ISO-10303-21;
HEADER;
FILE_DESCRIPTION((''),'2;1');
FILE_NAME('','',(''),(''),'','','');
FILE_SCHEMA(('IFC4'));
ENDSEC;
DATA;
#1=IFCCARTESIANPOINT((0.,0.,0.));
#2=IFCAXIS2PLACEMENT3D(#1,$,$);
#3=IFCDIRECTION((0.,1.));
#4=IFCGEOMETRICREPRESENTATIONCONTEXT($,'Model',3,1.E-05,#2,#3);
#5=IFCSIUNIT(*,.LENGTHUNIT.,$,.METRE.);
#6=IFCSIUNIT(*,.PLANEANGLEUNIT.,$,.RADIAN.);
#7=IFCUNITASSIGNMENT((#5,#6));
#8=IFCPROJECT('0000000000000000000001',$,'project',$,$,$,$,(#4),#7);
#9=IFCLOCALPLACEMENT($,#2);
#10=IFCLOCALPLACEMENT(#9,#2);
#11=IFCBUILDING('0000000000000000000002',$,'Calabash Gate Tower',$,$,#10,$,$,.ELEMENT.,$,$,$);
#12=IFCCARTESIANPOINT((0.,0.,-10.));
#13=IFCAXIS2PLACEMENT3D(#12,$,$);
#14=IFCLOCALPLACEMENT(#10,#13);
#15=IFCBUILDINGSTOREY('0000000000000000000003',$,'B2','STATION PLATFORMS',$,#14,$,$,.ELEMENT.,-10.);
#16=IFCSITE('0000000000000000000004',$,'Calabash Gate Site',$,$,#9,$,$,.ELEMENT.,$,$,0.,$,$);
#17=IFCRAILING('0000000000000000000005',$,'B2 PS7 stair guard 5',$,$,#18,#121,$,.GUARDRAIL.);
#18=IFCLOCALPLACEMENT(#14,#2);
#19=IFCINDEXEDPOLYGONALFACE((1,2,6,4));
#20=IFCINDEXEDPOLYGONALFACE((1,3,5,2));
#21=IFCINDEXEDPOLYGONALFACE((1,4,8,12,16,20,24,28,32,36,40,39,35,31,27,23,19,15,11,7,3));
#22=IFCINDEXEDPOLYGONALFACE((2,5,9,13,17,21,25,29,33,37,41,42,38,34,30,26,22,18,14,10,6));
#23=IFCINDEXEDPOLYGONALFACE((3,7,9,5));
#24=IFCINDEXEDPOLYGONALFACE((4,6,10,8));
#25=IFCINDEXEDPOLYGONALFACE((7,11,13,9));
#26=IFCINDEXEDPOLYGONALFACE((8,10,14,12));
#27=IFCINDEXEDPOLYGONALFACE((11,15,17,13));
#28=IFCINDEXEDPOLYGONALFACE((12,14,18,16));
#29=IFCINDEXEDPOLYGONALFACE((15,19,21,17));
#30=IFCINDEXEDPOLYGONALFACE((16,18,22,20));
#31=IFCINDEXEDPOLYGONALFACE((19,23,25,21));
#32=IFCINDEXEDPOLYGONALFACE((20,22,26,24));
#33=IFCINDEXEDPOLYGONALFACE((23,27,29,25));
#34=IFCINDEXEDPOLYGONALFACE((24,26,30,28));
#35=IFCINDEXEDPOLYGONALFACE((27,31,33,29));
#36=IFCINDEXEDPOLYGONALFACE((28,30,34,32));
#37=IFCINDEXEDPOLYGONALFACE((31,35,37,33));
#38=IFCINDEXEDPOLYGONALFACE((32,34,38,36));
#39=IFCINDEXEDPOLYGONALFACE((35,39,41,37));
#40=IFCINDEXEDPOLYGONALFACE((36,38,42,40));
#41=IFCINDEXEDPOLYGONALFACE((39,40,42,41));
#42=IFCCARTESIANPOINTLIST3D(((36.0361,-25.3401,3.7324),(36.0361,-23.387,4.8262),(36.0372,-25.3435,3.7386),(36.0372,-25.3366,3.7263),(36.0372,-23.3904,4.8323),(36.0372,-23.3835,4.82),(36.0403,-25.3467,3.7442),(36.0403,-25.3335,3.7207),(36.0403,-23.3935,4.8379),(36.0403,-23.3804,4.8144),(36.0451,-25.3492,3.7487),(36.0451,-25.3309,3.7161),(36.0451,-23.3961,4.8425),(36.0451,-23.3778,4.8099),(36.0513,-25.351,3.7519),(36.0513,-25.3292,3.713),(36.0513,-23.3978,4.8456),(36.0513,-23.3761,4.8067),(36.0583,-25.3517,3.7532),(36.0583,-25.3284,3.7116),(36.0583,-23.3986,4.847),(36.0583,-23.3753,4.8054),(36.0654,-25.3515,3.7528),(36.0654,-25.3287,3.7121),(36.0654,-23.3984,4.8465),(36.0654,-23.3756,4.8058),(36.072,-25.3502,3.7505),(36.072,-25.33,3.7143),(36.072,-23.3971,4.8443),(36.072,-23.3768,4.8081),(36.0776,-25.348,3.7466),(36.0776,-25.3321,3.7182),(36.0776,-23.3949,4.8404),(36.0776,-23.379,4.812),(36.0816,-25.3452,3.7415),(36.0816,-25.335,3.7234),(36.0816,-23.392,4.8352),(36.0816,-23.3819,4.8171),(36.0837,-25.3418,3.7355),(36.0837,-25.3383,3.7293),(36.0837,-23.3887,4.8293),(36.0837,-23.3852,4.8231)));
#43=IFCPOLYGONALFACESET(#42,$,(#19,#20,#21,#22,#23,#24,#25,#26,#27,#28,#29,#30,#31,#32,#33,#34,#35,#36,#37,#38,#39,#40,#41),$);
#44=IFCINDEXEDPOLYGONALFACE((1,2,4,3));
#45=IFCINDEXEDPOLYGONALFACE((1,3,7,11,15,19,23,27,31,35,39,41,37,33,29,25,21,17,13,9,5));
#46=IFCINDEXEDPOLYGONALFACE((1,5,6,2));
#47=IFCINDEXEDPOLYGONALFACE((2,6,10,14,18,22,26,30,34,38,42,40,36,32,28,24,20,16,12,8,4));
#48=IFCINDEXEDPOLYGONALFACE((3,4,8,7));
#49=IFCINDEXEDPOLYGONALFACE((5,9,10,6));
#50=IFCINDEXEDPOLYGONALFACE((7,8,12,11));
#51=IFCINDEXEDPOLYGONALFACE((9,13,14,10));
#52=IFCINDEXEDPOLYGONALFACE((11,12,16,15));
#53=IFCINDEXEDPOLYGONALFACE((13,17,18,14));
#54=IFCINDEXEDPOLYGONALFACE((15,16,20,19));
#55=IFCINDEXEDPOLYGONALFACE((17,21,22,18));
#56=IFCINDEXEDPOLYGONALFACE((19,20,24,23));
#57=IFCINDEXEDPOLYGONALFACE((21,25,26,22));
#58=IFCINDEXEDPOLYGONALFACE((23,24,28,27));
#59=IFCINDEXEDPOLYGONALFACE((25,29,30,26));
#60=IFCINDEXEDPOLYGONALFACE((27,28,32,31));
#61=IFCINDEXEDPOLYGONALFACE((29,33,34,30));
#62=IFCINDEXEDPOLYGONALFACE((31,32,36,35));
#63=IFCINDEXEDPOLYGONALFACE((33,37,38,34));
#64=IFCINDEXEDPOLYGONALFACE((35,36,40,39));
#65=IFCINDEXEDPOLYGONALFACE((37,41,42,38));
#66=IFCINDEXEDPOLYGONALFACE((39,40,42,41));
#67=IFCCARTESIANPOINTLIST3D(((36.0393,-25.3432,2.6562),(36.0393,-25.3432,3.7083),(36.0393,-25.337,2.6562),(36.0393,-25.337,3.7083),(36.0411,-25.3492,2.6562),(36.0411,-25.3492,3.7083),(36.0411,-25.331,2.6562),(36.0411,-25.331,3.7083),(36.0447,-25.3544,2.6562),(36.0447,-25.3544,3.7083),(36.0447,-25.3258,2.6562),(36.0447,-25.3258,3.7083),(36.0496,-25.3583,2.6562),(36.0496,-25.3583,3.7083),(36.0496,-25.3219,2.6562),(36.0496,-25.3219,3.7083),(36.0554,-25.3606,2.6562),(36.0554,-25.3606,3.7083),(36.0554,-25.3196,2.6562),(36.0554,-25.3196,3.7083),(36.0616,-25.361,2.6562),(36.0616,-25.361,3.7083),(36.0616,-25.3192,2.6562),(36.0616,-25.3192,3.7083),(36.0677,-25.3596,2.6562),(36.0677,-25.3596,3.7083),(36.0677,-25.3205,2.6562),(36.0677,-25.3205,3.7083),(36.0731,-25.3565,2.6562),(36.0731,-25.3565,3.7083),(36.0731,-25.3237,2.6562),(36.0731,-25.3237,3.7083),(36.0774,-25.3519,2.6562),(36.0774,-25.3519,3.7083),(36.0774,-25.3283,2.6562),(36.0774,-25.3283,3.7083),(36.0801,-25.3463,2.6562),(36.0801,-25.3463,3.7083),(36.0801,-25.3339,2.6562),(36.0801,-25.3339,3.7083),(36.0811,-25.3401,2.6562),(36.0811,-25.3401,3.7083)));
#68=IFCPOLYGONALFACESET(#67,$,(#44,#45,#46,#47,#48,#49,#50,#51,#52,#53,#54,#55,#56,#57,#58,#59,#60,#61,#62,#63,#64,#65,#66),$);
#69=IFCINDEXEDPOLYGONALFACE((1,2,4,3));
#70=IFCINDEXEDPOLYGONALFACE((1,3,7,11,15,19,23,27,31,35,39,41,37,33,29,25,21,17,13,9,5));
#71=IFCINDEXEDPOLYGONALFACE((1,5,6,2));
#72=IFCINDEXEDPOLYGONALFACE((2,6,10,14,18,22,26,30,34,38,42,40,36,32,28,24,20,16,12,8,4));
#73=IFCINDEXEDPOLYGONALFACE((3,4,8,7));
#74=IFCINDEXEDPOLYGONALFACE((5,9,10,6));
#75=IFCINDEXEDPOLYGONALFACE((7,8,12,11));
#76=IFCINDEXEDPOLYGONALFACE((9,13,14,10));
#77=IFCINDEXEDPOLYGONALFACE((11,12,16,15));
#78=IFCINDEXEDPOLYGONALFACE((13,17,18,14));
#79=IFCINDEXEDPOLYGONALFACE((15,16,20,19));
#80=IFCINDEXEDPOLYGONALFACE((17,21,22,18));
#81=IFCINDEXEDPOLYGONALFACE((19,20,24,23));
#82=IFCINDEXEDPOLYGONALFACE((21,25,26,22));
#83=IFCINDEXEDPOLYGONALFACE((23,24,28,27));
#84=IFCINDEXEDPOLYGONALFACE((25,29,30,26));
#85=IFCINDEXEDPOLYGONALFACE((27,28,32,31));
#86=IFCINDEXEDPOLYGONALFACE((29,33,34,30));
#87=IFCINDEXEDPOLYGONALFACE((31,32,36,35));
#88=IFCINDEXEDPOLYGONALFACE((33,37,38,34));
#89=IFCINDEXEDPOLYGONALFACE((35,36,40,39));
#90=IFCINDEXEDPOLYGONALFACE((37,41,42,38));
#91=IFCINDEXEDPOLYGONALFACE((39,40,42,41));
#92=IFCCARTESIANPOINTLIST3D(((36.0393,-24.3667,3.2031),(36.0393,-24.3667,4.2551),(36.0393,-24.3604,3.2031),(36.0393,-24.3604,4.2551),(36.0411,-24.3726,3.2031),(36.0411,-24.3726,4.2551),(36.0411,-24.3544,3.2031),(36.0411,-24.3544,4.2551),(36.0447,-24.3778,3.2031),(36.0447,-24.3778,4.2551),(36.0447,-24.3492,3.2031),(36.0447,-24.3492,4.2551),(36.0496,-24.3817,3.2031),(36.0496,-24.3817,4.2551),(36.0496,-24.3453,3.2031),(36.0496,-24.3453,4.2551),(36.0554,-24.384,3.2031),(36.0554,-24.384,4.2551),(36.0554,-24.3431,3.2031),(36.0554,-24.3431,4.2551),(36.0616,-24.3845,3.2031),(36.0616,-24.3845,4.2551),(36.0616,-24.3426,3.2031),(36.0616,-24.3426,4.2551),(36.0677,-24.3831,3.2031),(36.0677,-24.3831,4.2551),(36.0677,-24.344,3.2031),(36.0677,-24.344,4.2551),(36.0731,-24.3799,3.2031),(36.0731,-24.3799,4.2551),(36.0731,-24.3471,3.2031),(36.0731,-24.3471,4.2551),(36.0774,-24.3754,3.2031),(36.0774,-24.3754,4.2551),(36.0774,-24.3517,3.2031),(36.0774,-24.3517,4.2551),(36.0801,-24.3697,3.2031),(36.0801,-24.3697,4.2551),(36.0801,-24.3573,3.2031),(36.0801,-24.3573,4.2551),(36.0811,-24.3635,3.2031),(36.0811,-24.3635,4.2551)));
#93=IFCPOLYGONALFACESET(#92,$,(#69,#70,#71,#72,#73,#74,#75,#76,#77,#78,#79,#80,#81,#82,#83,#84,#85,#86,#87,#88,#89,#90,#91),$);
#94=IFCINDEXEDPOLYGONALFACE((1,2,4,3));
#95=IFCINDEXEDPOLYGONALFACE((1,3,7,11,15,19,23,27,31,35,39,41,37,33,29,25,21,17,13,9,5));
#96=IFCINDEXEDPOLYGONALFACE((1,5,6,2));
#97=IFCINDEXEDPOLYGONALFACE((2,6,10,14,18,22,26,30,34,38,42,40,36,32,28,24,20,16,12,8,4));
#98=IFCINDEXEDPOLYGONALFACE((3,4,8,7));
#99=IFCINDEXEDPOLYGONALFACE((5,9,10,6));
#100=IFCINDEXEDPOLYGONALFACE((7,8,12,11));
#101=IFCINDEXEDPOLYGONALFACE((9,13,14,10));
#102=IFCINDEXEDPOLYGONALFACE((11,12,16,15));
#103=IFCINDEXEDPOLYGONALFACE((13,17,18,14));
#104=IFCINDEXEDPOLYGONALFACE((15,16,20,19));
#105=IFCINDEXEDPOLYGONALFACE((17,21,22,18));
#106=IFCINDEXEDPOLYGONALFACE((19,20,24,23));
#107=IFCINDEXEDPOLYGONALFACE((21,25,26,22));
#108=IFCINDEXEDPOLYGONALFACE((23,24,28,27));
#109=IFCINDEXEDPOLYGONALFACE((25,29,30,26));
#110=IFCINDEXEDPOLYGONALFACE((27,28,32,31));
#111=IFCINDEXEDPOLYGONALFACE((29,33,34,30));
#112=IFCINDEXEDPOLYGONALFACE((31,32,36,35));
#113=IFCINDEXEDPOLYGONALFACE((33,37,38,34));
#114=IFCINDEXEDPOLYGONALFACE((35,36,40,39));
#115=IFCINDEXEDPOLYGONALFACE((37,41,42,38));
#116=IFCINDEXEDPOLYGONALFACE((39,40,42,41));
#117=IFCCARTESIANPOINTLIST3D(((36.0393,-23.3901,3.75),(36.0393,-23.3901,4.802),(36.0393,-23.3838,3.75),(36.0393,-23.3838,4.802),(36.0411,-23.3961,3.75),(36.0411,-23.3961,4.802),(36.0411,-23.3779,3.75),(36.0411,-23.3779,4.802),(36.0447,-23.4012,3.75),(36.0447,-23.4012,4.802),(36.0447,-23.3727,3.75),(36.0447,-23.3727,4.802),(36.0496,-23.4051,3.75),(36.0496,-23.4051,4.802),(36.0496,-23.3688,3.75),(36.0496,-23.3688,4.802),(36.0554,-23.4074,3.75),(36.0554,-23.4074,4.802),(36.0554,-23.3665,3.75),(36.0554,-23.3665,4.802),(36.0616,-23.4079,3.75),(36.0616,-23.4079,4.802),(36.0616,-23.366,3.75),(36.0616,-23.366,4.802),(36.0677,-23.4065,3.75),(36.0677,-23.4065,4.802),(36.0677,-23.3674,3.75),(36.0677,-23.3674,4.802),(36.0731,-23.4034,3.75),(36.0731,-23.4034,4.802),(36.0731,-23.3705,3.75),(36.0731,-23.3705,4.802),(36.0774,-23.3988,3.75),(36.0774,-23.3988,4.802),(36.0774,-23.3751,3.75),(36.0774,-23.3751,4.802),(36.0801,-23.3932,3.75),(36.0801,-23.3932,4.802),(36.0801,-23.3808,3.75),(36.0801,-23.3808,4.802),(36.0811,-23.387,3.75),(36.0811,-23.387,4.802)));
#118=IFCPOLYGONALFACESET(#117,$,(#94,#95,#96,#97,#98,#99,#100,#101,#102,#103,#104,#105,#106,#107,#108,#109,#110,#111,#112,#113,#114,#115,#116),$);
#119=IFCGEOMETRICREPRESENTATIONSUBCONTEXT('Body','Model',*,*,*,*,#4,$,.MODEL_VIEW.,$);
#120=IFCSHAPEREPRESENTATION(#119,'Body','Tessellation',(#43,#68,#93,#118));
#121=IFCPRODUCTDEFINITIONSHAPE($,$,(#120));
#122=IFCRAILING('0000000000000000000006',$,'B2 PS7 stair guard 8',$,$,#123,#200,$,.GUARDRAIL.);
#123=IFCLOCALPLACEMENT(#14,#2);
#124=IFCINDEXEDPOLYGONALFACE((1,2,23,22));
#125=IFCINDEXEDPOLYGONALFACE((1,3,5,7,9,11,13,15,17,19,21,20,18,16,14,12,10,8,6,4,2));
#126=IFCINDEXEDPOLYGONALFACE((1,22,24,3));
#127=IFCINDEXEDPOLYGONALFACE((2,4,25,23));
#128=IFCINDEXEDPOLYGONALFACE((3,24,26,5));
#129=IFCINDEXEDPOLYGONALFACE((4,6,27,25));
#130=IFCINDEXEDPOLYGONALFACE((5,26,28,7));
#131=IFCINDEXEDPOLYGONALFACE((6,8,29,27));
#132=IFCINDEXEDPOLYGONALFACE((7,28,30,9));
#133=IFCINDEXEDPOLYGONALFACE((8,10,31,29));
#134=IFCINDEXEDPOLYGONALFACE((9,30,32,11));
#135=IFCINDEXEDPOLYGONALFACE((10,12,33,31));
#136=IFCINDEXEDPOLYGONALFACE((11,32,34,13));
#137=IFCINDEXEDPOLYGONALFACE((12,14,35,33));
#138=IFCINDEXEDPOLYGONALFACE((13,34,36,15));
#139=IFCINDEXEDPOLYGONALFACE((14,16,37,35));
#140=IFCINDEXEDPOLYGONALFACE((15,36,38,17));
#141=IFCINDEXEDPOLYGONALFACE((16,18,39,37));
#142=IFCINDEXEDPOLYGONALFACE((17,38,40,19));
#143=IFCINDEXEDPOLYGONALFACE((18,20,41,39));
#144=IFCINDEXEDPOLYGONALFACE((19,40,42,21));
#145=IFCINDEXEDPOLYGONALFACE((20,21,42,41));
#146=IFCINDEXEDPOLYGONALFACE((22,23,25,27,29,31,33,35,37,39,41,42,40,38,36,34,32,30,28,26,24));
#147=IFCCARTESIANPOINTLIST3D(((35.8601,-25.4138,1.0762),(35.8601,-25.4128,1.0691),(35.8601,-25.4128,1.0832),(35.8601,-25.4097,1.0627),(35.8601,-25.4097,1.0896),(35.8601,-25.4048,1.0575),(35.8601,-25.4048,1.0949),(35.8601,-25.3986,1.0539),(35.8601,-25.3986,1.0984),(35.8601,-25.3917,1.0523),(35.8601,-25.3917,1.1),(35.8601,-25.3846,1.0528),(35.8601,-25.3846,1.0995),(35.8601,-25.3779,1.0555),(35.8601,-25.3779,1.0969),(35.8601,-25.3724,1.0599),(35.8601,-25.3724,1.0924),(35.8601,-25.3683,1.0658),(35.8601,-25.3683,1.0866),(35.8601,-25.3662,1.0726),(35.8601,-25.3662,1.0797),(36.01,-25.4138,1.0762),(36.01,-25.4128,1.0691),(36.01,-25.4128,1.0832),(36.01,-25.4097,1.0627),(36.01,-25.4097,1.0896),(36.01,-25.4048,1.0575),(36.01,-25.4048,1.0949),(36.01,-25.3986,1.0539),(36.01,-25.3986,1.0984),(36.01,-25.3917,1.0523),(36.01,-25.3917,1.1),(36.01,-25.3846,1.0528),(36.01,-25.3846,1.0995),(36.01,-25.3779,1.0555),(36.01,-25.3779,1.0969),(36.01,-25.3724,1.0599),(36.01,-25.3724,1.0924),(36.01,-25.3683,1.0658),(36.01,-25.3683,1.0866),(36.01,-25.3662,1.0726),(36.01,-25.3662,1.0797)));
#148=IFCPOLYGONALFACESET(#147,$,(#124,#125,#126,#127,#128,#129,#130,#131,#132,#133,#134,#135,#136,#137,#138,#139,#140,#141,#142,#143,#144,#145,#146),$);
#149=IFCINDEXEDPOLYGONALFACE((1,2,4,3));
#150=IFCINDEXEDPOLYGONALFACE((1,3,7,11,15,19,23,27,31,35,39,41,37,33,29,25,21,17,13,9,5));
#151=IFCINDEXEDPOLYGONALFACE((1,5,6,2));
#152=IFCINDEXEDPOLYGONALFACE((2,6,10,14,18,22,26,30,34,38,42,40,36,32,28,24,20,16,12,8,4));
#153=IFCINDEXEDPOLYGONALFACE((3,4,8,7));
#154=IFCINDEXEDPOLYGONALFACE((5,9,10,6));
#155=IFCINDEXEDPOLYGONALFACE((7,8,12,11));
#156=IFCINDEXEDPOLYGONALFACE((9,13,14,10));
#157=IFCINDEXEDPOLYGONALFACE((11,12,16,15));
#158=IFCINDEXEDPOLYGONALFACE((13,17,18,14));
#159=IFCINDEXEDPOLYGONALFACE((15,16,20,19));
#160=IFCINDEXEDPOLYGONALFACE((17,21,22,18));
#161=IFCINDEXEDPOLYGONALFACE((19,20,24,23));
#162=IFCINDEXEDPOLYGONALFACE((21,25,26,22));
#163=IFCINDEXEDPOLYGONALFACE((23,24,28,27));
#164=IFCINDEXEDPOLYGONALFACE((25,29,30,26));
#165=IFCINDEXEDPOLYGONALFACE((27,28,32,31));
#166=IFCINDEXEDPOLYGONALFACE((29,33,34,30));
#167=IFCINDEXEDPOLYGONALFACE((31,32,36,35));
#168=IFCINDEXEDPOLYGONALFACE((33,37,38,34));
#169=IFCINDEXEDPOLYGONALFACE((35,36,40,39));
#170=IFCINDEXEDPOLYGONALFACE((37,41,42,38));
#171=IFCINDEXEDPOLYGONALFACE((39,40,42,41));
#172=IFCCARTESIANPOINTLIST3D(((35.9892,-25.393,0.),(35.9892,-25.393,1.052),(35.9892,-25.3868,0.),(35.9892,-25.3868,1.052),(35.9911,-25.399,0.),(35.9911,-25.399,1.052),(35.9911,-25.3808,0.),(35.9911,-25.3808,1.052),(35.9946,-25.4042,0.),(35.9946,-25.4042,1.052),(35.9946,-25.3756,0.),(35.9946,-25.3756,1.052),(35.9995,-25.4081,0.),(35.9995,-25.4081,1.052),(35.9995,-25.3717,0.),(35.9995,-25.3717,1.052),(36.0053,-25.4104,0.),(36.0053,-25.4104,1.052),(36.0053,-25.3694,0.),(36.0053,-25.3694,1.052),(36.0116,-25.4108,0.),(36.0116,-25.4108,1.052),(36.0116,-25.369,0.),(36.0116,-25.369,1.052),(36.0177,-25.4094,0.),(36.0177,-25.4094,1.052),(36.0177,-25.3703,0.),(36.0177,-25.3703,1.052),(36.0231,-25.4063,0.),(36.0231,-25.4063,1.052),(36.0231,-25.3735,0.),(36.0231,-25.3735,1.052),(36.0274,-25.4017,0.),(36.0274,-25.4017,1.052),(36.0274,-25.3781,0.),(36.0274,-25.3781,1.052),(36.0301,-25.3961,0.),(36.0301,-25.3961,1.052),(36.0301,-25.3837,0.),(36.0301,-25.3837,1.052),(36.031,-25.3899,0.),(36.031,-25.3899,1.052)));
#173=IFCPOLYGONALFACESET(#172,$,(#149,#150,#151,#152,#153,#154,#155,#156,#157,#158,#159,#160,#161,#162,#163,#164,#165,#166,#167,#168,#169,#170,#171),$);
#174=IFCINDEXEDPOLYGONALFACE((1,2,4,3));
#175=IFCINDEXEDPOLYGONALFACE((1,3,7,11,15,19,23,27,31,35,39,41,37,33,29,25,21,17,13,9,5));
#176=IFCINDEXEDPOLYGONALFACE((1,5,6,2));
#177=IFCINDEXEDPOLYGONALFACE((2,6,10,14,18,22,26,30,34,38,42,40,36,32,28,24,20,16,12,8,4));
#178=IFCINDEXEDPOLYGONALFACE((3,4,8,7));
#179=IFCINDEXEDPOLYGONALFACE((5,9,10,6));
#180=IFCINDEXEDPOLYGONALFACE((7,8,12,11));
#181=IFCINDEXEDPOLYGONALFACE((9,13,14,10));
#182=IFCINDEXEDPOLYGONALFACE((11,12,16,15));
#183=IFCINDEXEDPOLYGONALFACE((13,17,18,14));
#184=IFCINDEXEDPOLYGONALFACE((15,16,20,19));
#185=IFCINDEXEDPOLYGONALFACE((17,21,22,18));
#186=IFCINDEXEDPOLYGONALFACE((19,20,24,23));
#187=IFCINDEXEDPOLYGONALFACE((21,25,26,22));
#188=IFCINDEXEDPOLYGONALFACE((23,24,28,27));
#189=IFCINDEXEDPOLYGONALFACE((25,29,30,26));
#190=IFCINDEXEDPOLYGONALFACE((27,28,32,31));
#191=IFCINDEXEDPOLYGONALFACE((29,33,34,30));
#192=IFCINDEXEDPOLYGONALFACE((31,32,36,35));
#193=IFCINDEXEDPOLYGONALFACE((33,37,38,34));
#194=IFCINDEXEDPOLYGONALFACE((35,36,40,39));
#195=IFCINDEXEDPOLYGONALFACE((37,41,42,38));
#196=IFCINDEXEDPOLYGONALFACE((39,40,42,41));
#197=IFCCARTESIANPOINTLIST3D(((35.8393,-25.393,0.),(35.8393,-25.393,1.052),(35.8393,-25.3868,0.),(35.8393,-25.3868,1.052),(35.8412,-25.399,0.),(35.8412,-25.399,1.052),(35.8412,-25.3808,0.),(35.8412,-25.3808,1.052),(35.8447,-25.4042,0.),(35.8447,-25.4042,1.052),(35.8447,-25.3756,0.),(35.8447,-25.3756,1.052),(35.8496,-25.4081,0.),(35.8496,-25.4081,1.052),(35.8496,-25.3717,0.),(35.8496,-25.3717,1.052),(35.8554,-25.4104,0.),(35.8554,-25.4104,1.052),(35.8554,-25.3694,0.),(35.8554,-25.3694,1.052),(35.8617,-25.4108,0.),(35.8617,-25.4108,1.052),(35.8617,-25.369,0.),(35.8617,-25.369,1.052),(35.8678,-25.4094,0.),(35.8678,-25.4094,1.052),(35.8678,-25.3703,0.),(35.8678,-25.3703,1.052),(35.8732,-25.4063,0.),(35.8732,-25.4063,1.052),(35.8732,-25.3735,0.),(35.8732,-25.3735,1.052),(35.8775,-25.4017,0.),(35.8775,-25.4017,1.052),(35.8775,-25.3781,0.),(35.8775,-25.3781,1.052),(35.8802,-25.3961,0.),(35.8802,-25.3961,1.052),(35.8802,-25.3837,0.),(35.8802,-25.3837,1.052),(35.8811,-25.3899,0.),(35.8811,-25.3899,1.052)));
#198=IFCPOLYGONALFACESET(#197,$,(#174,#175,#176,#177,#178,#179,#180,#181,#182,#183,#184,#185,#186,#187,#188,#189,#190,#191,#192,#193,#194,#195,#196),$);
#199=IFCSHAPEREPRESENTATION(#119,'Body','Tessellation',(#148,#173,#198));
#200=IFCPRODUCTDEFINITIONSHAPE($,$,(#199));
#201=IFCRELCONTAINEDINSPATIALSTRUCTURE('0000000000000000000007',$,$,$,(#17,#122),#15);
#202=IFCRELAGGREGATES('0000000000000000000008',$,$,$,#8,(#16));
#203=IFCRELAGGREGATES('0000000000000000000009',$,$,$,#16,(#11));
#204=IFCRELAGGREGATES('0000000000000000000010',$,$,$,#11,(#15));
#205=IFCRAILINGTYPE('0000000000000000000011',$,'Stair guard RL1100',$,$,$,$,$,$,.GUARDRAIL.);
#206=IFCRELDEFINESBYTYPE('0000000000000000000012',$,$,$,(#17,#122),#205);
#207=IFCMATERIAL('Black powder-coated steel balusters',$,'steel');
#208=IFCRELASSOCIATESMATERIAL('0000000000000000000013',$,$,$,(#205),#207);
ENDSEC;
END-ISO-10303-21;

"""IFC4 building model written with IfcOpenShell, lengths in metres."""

from ifc_helpers import new_model, si_unit, direction, frame, origin, origin_2d, place, context, subcontext, project, spatial, circle, extrude, material, type_object, element, save


model = new_model("IFC4")

# Units and contexts
model_context = context("Model", 3, precision=1e-05, world=origin(), true_north=direction((0.0, 1.0)))
body_context = subcontext(model_context, "Body", "Model", "MODEL_VIEW")
ifc_project = project(units=[si_unit("LENGTHUNIT", "METRE"), si_unit("PLANEANGLEUNIT", "RADIAN")], contexts=[model_context])

# Site, building, storey
site_placement = place(None, origin())
site = spatial("IfcSite", under=ifc_project, at=site_placement, Name="Calabash Gate Site", CompositionType="ELEMENT", RefElevation=0.0)
building_placement = place(site_placement, origin())
building = spatial("IfcBuilding", under=site, at=building_placement, Name="Calabash Gate Tower", CompositionType="ELEMENT")
storey_placement = place(building_placement, frame((0.0, 0.0, -10.0)))
storey = spatial("IfcBuildingStorey", under=building, at=storey_placement, Name="B2", Description="STATION PLATFORMS", CompositionType="ELEMENT", Elevation=-10.0)

# Railings
ifc_material_1 = material(Name="Black powder-coated steel balusters", Category="steel")
railing_type_1 = type_object("IfcRailingType", Name="Stair guard RL1100", PredefinedType="GUARDRAIL", material=ifc_material_1)
railing_1_placement = place(storey_placement, frame((36.0601, -25.3401, 2.6562)))
element("IfcRailing", 1, at=railing_1_placement, inside=storey, type_object=railing_type_1, Name="B2 PS7 stair guard 5", PredefinedType="GUARDRAIL", context=body_context, shape_type="SweptSolid", body=[
    extrude(circle(Radius=0.0239, at=origin_2d()), frame((0.0, 0.0, 1.0762), z_axis=(0.0, 0.872506, 0.488603), x_axis=(-1.0, 0.0, 0.0)), (0.0, 0.0, 1.0), 2.2385),
    extrude(circle(Radius=0.021, at=origin_2d()), origin(), (0.0, 0.0, 1.0), 1.052),
    extrude(circle(Radius=0.021, at=origin_2d()), frame((0.0, 0.9766, 0.5469)), (0.0, 0.0, 1.0), 1.052),
    extrude(circle(Radius=0.021, at=origin_2d()), frame((0.0, 1.9531, 1.0938)), (0.0, 0.0, 1.0), 1.052),
])
railing_2_placement = place(storey_placement, frame((36.01, -25.3899, 0.0)))
element("IfcRailing", 2, at=railing_2_placement, inside=storey, type_object=railing_type_1, Name="B2 PS7 stair guard 8", PredefinedType="GUARDRAIL", context=body_context, shape_type="SweptSolid", body=[
    extrude(circle(Radius=0.0239, at=origin_2d()), frame((0.0, 0.0, 1.0762), z_axis=(-1.0, 0.0, 0.0), x_axis=(0.0, -1.0, 0.0)), (0.0, 0.0, 1.0), 0.1499),
    extrude(circle(Radius=0.021, at=origin_2d()), origin(), (0.0, 0.0, 1.0), 1.052),
    extrude(circle(Radius=0.021, at=origin_2d()), frame((-0.1499, 0.0, 0.0)), (0.0, 0.0, 1.0), 1.052),
])

save(model, "model.ifc")
